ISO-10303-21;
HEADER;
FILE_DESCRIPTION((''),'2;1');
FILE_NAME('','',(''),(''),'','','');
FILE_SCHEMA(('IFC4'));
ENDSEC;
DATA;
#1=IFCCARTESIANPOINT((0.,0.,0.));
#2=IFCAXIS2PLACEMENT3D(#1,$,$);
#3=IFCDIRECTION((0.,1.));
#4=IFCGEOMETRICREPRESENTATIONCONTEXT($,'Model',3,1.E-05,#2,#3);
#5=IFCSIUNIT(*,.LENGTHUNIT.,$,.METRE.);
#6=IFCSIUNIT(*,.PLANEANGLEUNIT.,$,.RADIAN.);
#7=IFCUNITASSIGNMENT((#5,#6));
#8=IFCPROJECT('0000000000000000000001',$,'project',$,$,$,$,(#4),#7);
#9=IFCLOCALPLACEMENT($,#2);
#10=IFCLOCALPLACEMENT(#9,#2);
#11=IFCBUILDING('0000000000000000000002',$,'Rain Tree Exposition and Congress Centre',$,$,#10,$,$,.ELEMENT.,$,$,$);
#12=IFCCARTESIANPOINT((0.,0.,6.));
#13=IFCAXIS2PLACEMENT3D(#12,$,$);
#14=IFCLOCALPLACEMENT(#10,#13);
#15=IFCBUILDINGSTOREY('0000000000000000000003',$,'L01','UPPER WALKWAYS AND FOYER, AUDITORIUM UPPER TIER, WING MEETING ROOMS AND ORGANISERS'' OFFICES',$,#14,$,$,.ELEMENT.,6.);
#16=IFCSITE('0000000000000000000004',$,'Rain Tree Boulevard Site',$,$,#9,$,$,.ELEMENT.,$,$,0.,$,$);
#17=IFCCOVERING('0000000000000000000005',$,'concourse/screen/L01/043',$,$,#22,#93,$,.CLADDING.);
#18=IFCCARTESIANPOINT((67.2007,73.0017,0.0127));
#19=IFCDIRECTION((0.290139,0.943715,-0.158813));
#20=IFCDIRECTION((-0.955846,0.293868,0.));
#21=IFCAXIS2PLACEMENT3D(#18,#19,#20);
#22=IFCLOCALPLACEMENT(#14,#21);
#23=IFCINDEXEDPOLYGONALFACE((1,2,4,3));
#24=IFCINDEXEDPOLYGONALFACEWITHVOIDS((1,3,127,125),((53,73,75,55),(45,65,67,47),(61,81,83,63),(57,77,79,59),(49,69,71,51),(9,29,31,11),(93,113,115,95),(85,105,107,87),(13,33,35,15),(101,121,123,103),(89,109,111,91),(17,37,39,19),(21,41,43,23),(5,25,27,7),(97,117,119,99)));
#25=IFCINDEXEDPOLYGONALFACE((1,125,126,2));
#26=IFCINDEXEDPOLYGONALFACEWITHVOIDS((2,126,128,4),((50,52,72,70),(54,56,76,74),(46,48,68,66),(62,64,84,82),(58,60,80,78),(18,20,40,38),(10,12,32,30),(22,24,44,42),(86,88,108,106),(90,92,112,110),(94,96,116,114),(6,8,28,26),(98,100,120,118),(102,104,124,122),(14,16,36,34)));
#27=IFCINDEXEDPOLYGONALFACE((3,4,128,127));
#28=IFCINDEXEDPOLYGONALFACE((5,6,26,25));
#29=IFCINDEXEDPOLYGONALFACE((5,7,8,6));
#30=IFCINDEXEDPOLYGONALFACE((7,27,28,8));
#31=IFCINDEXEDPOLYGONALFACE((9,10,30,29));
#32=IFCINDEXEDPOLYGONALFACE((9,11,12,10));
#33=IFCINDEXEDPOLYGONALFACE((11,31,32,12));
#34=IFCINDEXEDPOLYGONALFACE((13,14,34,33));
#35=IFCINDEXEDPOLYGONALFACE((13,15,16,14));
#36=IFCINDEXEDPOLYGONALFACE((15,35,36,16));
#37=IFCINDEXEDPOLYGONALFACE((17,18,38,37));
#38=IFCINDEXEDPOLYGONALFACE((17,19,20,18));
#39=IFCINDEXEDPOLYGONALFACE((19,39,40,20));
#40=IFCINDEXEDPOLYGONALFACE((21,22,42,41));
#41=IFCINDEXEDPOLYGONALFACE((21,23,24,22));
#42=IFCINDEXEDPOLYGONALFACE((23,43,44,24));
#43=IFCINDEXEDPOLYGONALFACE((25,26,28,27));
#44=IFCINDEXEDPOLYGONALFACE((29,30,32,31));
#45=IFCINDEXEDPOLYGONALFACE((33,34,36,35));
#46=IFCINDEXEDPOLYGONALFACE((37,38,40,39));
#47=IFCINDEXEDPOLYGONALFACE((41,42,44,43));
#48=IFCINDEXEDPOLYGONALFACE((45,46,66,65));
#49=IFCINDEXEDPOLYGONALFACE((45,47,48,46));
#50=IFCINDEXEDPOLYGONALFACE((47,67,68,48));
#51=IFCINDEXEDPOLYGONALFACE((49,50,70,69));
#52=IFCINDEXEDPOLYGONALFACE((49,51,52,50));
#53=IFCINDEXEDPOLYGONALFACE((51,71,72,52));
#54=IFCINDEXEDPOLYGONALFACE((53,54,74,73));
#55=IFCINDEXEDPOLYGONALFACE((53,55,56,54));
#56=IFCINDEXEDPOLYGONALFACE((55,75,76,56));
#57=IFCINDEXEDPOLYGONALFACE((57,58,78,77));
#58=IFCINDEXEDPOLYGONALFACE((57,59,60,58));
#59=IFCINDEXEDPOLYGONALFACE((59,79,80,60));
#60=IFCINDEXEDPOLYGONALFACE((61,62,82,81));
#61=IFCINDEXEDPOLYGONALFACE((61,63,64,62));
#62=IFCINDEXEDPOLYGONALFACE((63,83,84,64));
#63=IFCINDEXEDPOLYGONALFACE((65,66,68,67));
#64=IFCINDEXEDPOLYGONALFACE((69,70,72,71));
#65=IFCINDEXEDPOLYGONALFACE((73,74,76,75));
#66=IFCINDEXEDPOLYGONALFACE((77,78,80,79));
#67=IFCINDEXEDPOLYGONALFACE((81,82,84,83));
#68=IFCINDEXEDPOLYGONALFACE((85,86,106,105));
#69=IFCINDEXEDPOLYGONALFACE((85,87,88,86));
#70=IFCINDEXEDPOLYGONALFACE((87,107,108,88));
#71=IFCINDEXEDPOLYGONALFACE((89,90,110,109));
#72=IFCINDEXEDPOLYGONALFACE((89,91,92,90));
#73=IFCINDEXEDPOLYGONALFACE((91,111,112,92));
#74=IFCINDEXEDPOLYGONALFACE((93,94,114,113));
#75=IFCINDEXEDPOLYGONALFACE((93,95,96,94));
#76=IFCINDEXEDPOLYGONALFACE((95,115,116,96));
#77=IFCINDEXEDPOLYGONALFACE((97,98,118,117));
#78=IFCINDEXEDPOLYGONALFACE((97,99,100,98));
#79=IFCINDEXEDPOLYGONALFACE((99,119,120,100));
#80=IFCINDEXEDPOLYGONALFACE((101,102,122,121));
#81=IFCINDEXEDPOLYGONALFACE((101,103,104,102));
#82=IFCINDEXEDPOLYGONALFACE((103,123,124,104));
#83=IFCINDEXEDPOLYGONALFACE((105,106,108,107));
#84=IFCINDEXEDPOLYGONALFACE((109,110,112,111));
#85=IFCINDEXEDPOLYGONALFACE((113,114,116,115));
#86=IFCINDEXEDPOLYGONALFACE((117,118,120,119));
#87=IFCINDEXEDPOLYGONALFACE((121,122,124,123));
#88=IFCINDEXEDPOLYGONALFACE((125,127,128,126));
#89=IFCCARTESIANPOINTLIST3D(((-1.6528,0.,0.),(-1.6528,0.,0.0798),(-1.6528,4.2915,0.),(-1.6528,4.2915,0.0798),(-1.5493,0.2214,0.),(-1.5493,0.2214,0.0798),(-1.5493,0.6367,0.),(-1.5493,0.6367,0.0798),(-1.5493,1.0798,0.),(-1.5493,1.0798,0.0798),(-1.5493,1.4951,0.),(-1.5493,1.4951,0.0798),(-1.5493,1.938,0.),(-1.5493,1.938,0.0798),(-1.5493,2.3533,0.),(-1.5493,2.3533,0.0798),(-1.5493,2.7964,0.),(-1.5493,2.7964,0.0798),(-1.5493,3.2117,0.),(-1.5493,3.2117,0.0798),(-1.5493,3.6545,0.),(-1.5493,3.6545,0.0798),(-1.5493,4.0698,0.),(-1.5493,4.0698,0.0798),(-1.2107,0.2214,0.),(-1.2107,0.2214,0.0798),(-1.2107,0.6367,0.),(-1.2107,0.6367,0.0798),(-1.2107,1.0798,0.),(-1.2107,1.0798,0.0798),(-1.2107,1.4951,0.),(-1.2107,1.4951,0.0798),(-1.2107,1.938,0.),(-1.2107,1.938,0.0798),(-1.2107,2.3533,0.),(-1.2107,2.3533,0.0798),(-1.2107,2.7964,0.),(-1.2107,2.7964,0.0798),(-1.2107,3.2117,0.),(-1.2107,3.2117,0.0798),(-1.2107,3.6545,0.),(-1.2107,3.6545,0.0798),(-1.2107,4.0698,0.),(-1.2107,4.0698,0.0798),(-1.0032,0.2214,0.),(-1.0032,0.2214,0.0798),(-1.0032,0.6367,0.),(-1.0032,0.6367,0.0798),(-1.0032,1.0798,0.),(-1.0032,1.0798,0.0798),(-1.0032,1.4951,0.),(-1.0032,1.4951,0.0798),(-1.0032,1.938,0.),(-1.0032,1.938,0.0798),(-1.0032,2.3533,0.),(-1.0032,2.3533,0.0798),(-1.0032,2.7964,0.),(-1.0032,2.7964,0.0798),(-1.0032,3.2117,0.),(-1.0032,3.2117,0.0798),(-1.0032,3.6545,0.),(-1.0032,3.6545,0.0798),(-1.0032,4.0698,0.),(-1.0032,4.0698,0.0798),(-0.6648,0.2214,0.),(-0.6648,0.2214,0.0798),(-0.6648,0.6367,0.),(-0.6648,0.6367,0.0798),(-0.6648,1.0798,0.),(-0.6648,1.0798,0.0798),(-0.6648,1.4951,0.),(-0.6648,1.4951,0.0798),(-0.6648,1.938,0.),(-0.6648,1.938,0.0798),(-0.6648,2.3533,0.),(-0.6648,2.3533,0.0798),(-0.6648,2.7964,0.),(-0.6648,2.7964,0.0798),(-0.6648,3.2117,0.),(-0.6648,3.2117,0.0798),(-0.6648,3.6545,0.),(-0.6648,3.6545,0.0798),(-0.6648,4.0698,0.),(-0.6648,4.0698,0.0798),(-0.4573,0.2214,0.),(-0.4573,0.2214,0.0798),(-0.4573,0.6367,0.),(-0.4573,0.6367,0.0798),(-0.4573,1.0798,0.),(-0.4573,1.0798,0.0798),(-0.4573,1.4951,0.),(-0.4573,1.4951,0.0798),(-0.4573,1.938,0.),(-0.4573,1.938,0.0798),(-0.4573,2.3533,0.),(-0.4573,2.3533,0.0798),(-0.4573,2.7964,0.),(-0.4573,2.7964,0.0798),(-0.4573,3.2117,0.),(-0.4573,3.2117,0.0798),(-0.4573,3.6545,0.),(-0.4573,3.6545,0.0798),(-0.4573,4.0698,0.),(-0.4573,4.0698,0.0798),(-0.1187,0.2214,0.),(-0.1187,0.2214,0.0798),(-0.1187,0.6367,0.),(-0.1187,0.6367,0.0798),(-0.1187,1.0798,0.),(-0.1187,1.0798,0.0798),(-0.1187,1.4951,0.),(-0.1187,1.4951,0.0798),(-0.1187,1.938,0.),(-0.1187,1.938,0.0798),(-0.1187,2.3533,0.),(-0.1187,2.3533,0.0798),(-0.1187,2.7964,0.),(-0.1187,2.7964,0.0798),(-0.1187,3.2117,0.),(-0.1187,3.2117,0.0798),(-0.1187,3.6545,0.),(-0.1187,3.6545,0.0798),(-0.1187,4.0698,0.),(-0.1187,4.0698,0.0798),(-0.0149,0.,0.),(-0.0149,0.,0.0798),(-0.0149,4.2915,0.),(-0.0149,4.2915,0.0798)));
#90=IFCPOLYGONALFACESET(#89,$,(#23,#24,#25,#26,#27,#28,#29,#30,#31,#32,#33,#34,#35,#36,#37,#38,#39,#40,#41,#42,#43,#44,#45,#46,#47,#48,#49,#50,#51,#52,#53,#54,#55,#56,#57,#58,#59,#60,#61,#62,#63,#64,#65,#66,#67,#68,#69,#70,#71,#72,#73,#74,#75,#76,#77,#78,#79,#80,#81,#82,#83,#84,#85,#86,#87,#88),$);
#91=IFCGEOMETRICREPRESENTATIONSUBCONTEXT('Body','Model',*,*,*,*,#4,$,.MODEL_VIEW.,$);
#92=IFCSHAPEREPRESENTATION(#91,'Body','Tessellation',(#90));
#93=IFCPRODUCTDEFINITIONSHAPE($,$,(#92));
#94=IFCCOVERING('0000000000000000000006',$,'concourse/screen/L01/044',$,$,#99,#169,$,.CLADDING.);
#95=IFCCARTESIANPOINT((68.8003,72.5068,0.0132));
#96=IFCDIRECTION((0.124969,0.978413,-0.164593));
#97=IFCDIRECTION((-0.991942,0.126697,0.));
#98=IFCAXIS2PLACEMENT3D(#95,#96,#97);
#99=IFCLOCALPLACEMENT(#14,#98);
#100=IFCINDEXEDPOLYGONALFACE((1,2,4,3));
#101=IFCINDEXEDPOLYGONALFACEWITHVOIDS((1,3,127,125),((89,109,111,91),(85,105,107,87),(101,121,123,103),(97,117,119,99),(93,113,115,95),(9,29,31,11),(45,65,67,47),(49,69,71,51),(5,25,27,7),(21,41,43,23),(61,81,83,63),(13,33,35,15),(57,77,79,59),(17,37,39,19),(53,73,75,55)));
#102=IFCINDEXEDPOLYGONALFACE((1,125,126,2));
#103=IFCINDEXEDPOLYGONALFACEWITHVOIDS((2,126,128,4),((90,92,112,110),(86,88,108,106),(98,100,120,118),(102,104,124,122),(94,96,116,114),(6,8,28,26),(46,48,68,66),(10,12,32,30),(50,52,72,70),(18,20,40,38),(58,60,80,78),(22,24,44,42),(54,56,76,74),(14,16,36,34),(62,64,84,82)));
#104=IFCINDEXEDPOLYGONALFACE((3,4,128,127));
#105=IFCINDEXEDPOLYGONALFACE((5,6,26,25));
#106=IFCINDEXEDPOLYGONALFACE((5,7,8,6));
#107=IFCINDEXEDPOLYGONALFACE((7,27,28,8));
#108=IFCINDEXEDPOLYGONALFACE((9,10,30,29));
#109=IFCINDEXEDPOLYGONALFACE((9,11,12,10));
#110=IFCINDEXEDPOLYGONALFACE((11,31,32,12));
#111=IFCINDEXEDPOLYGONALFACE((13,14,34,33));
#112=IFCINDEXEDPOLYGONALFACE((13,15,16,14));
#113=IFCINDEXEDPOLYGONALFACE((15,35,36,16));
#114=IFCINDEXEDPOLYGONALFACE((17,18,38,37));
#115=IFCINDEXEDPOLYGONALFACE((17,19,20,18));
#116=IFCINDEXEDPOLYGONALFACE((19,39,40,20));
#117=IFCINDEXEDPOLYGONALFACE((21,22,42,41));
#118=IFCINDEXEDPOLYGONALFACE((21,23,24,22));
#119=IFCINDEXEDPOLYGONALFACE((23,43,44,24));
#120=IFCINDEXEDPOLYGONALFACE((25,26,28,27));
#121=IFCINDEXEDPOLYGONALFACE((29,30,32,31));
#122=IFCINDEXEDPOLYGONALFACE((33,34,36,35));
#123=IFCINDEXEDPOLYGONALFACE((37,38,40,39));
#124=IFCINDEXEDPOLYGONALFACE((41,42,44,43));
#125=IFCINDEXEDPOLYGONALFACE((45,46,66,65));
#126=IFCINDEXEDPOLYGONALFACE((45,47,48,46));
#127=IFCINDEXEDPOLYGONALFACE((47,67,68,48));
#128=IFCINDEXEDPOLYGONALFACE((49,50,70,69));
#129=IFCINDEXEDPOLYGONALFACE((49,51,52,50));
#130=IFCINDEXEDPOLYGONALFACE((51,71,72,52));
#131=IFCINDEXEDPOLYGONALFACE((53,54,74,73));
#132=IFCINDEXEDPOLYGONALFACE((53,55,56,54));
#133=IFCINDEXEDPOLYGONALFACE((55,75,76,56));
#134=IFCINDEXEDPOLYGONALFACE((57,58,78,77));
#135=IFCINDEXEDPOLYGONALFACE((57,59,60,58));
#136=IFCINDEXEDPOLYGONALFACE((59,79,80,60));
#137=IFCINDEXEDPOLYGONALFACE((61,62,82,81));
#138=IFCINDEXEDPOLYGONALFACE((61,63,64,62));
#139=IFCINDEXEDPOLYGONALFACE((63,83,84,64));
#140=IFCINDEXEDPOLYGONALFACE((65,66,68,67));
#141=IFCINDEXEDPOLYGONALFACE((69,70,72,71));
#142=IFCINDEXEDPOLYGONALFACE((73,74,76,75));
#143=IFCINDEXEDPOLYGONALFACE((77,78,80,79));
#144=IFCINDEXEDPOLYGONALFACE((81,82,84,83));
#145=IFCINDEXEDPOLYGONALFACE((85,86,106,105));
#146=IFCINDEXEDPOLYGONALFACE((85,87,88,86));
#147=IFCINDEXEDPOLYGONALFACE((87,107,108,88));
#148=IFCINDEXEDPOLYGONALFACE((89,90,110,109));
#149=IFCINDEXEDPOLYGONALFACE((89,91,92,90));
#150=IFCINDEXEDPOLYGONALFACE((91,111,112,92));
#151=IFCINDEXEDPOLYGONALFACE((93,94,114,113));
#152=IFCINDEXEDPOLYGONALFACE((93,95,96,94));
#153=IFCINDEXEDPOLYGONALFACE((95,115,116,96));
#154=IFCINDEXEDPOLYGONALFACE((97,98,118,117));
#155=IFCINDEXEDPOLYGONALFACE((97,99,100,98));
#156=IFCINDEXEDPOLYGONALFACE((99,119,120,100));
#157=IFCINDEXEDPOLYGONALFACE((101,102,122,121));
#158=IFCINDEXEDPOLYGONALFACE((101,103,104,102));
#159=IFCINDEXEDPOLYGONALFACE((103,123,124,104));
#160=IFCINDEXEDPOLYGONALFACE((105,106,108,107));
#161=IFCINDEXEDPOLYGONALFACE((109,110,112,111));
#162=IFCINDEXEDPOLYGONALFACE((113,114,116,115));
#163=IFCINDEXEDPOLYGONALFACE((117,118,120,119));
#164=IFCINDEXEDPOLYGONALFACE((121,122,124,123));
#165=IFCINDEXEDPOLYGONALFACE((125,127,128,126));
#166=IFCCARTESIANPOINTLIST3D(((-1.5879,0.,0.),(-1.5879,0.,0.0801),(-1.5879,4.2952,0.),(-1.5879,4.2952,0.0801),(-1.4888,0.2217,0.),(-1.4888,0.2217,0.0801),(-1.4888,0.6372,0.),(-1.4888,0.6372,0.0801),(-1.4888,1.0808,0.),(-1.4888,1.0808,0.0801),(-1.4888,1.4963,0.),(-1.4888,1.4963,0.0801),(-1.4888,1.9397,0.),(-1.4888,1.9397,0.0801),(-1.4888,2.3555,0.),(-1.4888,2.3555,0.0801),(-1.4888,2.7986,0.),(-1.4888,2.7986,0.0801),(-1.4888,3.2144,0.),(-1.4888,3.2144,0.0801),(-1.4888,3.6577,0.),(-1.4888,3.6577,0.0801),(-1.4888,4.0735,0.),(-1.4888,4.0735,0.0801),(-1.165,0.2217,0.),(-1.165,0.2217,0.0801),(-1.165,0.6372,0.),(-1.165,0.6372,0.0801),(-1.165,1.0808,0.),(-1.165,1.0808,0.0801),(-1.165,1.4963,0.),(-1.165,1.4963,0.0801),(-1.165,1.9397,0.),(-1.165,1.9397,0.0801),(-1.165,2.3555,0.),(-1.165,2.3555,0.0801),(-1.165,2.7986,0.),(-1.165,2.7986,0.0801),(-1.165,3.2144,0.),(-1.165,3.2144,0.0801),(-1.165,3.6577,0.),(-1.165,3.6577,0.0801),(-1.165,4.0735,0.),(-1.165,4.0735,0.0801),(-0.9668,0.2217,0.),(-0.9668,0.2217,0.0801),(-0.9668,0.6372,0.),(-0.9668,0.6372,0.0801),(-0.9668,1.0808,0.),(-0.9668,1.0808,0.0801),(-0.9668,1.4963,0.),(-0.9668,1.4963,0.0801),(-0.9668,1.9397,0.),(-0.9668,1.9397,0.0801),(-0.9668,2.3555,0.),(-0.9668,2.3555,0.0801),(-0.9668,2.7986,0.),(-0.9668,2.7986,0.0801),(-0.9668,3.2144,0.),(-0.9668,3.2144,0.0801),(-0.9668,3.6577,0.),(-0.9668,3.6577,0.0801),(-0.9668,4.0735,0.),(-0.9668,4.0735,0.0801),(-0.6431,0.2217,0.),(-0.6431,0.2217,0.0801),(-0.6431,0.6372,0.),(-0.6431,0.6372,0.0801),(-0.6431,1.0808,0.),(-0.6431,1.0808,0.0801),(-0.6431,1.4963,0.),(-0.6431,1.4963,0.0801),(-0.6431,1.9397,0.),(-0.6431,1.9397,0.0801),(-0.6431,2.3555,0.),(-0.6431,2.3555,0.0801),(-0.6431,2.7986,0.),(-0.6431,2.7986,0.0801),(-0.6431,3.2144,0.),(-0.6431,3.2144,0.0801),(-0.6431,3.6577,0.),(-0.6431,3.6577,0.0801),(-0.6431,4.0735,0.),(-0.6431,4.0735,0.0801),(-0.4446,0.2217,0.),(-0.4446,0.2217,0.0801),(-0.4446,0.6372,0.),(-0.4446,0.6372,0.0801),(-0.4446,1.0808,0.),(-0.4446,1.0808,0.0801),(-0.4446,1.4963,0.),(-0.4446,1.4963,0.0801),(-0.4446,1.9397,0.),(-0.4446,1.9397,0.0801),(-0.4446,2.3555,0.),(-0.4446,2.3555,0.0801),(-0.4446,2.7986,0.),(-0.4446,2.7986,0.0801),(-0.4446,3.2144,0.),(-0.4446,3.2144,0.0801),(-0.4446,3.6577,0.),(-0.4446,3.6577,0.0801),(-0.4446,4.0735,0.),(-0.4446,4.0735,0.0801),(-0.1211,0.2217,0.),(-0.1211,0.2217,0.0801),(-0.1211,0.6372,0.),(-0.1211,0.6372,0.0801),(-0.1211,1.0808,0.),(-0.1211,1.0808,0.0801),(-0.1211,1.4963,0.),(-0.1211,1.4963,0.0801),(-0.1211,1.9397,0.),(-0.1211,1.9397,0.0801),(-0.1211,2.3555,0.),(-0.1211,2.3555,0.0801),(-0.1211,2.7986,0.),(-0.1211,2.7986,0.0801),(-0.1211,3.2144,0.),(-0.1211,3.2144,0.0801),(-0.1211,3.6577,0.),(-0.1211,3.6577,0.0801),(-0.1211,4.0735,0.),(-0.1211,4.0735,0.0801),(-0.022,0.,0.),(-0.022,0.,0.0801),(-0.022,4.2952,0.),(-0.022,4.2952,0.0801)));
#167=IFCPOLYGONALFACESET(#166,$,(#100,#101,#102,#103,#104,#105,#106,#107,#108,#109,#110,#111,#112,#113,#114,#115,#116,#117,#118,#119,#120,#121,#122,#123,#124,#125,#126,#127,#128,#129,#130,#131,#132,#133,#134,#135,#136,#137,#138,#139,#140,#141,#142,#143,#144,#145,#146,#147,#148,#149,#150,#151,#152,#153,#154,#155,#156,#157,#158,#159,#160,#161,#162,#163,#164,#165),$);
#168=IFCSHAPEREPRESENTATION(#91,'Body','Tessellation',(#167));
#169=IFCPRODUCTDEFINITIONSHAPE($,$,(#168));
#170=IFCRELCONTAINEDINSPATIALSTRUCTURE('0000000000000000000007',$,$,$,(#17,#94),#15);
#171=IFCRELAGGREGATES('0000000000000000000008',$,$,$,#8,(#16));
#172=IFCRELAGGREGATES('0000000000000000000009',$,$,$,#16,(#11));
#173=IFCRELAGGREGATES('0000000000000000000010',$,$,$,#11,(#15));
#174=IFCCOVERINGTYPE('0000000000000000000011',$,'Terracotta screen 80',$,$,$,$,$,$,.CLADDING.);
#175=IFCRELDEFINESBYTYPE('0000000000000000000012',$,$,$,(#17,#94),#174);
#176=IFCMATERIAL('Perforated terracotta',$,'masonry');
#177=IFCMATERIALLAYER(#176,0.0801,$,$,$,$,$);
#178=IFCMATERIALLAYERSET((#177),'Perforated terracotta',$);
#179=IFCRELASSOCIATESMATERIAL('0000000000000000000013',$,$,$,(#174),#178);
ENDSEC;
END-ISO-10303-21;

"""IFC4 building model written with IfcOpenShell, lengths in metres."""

from ifc_helpers import new_model, si_unit, direction, frame, origin, place, context, subcontext, project, spatial, polyline, outline, extrude, material, layer, layer_set, type_object, element, save


model = new_model("IFC4")

# Units and contexts
model_context = context("Model", 3, precision=1e-05, world=origin(), true_north=direction((0.0, 1.0)))
body_context = subcontext(model_context, "Body", "Model", "MODEL_VIEW")
ifc_project = project(units=[si_unit("LENGTHUNIT", "METRE"), si_unit("PLANEANGLEUNIT", "RADIAN")], contexts=[model_context])

# Site, building, storey
site_placement = place(None, origin())
site = spatial("IfcSite", under=ifc_project, at=site_placement, Name="Rain Tree Boulevard Site", CompositionType="ELEMENT", RefElevation=0.0)
building_placement = place(site_placement, origin())
building = spatial("IfcBuilding", under=site, at=building_placement, Name="Rain Tree Exposition and Congress Centre", CompositionType="ELEMENT")
storey_placement = place(building_placement, frame((0.0, 0.0, 6.0)))
storey = spatial("IfcBuildingStorey", under=building, at=storey_placement, Name="L01", Description="UPPER WALKWAYS AND FOYER, AUDITORIUM UPPER TIER, WING MEETING ROOMS AND ORGANISERS' OFFICES", CompositionType="ELEMENT", Elevation=6.0)

# Coverings
ifc_material_1 = material(Name="Perforated terracotta", Category="masonry")
ifc_layer = layer(ifc_material_1, 0.0801)
ifc_layer_set = layer_set([ifc_layer], Name="Perforated terracotta")
covering_type = type_object("IfcCoveringType", Name="Terracotta screen 80", PredefinedType="CLADDING", material=ifc_layer_set)
covering_1_placement = place(storey_placement, frame((67.2007, 73.0017, 0.0127), z_axis=(0.290139, 0.943715, -0.158813), x_axis=(-0.955846, 0.293868, 0.0)))
element("IfcCovering", 1, at=covering_1_placement, inside=storey, type_object=covering_type, Name="concourse/screen/L01/043", PredefinedType="CLADDING", context=body_context, shape_type="SweptSolid", body=[
    extrude(outline(polyline([(-1.6528, 0.0), (-1.6528, 4.2915), (-0.0149, 4.2915), (-0.0149, 0.0), (-1.6528, 0.0)]), holes=[polyline([(-0.1187, 0.2214), (-0.1187, 0.6367), (-0.4573, 0.6367), (-0.4573, 0.2214), (-0.1187, 0.2214)]), polyline([(-0.1187, 1.0798), (-0.1187, 1.4951), (-0.4573, 1.4951), (-0.4573, 1.0798), (-0.1187, 1.0798)]), polyline([(-0.1187, 1.938), (-0.1187, 2.3533), (-0.4573, 2.3533), (-0.4573, 1.938), (-0.1187, 1.938)]), polyline([(-0.1187, 2.7964), (-0.1187, 3.2117), (-0.4573, 3.2117), (-0.4573, 2.7964), (-0.1187, 2.7964)]), polyline([(-0.1187, 3.6545), (-0.1187, 4.0698), (-0.4573, 4.0698), (-0.4573, 3.6545), (-0.1187, 3.6545)]), polyline([(-0.6648, 0.2214), (-0.6648, 0.6367), (-1.0032, 0.6367), (-1.0032, 0.2214), (-0.6648, 0.2214)]), polyline([(-0.6648, 1.0798), (-0.6648, 1.4951), (-1.0032, 1.4951), (-1.0032, 1.0798), (-0.6648, 1.0798)]), polyline([(-0.6648, 1.938), (-0.6648, 2.3533), (-1.0032, 2.3533), (-1.0032, 1.938), (-0.6648, 1.938)]), polyline([(-0.6648, 2.7964), (-0.6648, 3.2117), (-1.0032, 3.2117), (-1.0032, 2.7964), (-0.6648, 2.7964)]), polyline([(-0.6648, 3.6545), (-0.6648, 4.0698), (-1.0032, 4.0698), (-1.0032, 3.6545), (-0.6648, 3.6545)]), polyline([(-1.2107, 0.2214), (-1.2107, 0.6367), (-1.5493, 0.6367), (-1.5493, 0.2214), (-1.2107, 0.2214)]), polyline([(-1.2107, 1.0798), (-1.2107, 1.4951), (-1.5493, 1.4951), (-1.5493, 1.0798), (-1.2107, 1.0798)]), polyline([(-1.2107, 1.938), (-1.2107, 2.3533), (-1.5493, 2.3533), (-1.5493, 1.938), (-1.2107, 1.938)]), polyline([(-1.2107, 2.7964), (-1.2107, 3.2117), (-1.5493, 3.2117), (-1.5493, 2.7964), (-1.2107, 2.7964)]), polyline([(-1.2107, 3.6545), (-1.2107, 4.0698), (-1.5493, 4.0698), (-1.5493, 3.6545), (-1.2107, 3.6545)])]), origin(), (0.0, 0.0, 1.0), 0.0798),
])
covering_2_placement = place(storey_placement, frame((68.8003, 72.5068, 0.0132), z_axis=(0.124969, 0.978413, -0.164593), x_axis=(-0.991942, 0.126697, 0.0)))
element("IfcCovering", 2, at=covering_2_placement, inside=storey, type_object=covering_type, Name="concourse/screen/L01/044", PredefinedType="CLADDING", context=body_context, shape_type="SweptSolid", body=[
    extrude(outline(polyline([(-1.5879, 0.0), (-1.5879, 4.2952), (-0.022, 4.2952), (-0.022, 0.0), (-1.5879, 0.0)]), holes=[polyline([(-0.1211, 0.2217), (-0.1211, 0.6372), (-0.4446, 0.6372), (-0.4446, 0.2217), (-0.1211, 0.2217)]), polyline([(-0.1211, 1.0808), (-0.1211, 1.4963), (-0.4446, 1.4963), (-0.4446, 1.0808), (-0.1211, 1.0808)]), polyline([(-0.1211, 1.9397), (-0.1211, 2.3555), (-0.4446, 2.3555), (-0.4446, 1.9397), (-0.1211, 1.9397)]), polyline([(-0.1211, 2.7986), (-0.1211, 3.2144), (-0.4446, 3.2144), (-0.4446, 2.7986), (-0.1211, 2.7986)]), polyline([(-0.1211, 3.6577), (-0.1211, 4.0735), (-0.4446, 4.0735), (-0.4446, 3.6577), (-0.1211, 3.6577)]), polyline([(-0.6431, 0.2217), (-0.6431, 0.6372), (-0.9668, 0.6372), (-0.9668, 0.2217), (-0.6431, 0.2217)]), polyline([(-0.6431, 1.0808), (-0.6431, 1.4963), (-0.9668, 1.4963), (-0.9668, 1.0808), (-0.6431, 1.0808)]), polyline([(-0.6431, 1.9397), (-0.6431, 2.3555), (-0.9668, 2.3555), (-0.9668, 1.9397), (-0.6431, 1.9397)]), polyline([(-0.6431, 2.7986), (-0.6431, 3.2144), (-0.9668, 3.2144), (-0.9668, 2.7986), (-0.6431, 2.7986)]), polyline([(-0.6431, 3.6577), (-0.6431, 4.0735), (-0.9668, 4.0735), (-0.9668, 3.6577), (-0.6431, 3.6577)]), polyline([(-1.165, 0.2217), (-1.165, 0.6372), (-1.4888, 0.6372), (-1.4888, 0.2217), (-1.165, 0.2217)]), polyline([(-1.165, 1.0808), (-1.165, 1.4963), (-1.4888, 1.4963), (-1.4888, 1.0808), (-1.165, 1.0808)]), polyline([(-1.165, 1.9397), (-1.165, 2.3555), (-1.4888, 2.3555), (-1.4888, 1.9397), (-1.165, 1.9397)]), polyline([(-1.165, 2.7986), (-1.165, 3.2144), (-1.4888, 3.2144), (-1.4888, 2.7986), (-1.165, 2.7986)]), polyline([(-1.165, 3.6577), (-1.165, 4.0735), (-1.4888, 4.0735), (-1.4888, 3.6577), (-1.165, 3.6577)])]), origin(), (0.0, 0.0, 1.0), 0.0801),
])

save(model, "model.ifc")
